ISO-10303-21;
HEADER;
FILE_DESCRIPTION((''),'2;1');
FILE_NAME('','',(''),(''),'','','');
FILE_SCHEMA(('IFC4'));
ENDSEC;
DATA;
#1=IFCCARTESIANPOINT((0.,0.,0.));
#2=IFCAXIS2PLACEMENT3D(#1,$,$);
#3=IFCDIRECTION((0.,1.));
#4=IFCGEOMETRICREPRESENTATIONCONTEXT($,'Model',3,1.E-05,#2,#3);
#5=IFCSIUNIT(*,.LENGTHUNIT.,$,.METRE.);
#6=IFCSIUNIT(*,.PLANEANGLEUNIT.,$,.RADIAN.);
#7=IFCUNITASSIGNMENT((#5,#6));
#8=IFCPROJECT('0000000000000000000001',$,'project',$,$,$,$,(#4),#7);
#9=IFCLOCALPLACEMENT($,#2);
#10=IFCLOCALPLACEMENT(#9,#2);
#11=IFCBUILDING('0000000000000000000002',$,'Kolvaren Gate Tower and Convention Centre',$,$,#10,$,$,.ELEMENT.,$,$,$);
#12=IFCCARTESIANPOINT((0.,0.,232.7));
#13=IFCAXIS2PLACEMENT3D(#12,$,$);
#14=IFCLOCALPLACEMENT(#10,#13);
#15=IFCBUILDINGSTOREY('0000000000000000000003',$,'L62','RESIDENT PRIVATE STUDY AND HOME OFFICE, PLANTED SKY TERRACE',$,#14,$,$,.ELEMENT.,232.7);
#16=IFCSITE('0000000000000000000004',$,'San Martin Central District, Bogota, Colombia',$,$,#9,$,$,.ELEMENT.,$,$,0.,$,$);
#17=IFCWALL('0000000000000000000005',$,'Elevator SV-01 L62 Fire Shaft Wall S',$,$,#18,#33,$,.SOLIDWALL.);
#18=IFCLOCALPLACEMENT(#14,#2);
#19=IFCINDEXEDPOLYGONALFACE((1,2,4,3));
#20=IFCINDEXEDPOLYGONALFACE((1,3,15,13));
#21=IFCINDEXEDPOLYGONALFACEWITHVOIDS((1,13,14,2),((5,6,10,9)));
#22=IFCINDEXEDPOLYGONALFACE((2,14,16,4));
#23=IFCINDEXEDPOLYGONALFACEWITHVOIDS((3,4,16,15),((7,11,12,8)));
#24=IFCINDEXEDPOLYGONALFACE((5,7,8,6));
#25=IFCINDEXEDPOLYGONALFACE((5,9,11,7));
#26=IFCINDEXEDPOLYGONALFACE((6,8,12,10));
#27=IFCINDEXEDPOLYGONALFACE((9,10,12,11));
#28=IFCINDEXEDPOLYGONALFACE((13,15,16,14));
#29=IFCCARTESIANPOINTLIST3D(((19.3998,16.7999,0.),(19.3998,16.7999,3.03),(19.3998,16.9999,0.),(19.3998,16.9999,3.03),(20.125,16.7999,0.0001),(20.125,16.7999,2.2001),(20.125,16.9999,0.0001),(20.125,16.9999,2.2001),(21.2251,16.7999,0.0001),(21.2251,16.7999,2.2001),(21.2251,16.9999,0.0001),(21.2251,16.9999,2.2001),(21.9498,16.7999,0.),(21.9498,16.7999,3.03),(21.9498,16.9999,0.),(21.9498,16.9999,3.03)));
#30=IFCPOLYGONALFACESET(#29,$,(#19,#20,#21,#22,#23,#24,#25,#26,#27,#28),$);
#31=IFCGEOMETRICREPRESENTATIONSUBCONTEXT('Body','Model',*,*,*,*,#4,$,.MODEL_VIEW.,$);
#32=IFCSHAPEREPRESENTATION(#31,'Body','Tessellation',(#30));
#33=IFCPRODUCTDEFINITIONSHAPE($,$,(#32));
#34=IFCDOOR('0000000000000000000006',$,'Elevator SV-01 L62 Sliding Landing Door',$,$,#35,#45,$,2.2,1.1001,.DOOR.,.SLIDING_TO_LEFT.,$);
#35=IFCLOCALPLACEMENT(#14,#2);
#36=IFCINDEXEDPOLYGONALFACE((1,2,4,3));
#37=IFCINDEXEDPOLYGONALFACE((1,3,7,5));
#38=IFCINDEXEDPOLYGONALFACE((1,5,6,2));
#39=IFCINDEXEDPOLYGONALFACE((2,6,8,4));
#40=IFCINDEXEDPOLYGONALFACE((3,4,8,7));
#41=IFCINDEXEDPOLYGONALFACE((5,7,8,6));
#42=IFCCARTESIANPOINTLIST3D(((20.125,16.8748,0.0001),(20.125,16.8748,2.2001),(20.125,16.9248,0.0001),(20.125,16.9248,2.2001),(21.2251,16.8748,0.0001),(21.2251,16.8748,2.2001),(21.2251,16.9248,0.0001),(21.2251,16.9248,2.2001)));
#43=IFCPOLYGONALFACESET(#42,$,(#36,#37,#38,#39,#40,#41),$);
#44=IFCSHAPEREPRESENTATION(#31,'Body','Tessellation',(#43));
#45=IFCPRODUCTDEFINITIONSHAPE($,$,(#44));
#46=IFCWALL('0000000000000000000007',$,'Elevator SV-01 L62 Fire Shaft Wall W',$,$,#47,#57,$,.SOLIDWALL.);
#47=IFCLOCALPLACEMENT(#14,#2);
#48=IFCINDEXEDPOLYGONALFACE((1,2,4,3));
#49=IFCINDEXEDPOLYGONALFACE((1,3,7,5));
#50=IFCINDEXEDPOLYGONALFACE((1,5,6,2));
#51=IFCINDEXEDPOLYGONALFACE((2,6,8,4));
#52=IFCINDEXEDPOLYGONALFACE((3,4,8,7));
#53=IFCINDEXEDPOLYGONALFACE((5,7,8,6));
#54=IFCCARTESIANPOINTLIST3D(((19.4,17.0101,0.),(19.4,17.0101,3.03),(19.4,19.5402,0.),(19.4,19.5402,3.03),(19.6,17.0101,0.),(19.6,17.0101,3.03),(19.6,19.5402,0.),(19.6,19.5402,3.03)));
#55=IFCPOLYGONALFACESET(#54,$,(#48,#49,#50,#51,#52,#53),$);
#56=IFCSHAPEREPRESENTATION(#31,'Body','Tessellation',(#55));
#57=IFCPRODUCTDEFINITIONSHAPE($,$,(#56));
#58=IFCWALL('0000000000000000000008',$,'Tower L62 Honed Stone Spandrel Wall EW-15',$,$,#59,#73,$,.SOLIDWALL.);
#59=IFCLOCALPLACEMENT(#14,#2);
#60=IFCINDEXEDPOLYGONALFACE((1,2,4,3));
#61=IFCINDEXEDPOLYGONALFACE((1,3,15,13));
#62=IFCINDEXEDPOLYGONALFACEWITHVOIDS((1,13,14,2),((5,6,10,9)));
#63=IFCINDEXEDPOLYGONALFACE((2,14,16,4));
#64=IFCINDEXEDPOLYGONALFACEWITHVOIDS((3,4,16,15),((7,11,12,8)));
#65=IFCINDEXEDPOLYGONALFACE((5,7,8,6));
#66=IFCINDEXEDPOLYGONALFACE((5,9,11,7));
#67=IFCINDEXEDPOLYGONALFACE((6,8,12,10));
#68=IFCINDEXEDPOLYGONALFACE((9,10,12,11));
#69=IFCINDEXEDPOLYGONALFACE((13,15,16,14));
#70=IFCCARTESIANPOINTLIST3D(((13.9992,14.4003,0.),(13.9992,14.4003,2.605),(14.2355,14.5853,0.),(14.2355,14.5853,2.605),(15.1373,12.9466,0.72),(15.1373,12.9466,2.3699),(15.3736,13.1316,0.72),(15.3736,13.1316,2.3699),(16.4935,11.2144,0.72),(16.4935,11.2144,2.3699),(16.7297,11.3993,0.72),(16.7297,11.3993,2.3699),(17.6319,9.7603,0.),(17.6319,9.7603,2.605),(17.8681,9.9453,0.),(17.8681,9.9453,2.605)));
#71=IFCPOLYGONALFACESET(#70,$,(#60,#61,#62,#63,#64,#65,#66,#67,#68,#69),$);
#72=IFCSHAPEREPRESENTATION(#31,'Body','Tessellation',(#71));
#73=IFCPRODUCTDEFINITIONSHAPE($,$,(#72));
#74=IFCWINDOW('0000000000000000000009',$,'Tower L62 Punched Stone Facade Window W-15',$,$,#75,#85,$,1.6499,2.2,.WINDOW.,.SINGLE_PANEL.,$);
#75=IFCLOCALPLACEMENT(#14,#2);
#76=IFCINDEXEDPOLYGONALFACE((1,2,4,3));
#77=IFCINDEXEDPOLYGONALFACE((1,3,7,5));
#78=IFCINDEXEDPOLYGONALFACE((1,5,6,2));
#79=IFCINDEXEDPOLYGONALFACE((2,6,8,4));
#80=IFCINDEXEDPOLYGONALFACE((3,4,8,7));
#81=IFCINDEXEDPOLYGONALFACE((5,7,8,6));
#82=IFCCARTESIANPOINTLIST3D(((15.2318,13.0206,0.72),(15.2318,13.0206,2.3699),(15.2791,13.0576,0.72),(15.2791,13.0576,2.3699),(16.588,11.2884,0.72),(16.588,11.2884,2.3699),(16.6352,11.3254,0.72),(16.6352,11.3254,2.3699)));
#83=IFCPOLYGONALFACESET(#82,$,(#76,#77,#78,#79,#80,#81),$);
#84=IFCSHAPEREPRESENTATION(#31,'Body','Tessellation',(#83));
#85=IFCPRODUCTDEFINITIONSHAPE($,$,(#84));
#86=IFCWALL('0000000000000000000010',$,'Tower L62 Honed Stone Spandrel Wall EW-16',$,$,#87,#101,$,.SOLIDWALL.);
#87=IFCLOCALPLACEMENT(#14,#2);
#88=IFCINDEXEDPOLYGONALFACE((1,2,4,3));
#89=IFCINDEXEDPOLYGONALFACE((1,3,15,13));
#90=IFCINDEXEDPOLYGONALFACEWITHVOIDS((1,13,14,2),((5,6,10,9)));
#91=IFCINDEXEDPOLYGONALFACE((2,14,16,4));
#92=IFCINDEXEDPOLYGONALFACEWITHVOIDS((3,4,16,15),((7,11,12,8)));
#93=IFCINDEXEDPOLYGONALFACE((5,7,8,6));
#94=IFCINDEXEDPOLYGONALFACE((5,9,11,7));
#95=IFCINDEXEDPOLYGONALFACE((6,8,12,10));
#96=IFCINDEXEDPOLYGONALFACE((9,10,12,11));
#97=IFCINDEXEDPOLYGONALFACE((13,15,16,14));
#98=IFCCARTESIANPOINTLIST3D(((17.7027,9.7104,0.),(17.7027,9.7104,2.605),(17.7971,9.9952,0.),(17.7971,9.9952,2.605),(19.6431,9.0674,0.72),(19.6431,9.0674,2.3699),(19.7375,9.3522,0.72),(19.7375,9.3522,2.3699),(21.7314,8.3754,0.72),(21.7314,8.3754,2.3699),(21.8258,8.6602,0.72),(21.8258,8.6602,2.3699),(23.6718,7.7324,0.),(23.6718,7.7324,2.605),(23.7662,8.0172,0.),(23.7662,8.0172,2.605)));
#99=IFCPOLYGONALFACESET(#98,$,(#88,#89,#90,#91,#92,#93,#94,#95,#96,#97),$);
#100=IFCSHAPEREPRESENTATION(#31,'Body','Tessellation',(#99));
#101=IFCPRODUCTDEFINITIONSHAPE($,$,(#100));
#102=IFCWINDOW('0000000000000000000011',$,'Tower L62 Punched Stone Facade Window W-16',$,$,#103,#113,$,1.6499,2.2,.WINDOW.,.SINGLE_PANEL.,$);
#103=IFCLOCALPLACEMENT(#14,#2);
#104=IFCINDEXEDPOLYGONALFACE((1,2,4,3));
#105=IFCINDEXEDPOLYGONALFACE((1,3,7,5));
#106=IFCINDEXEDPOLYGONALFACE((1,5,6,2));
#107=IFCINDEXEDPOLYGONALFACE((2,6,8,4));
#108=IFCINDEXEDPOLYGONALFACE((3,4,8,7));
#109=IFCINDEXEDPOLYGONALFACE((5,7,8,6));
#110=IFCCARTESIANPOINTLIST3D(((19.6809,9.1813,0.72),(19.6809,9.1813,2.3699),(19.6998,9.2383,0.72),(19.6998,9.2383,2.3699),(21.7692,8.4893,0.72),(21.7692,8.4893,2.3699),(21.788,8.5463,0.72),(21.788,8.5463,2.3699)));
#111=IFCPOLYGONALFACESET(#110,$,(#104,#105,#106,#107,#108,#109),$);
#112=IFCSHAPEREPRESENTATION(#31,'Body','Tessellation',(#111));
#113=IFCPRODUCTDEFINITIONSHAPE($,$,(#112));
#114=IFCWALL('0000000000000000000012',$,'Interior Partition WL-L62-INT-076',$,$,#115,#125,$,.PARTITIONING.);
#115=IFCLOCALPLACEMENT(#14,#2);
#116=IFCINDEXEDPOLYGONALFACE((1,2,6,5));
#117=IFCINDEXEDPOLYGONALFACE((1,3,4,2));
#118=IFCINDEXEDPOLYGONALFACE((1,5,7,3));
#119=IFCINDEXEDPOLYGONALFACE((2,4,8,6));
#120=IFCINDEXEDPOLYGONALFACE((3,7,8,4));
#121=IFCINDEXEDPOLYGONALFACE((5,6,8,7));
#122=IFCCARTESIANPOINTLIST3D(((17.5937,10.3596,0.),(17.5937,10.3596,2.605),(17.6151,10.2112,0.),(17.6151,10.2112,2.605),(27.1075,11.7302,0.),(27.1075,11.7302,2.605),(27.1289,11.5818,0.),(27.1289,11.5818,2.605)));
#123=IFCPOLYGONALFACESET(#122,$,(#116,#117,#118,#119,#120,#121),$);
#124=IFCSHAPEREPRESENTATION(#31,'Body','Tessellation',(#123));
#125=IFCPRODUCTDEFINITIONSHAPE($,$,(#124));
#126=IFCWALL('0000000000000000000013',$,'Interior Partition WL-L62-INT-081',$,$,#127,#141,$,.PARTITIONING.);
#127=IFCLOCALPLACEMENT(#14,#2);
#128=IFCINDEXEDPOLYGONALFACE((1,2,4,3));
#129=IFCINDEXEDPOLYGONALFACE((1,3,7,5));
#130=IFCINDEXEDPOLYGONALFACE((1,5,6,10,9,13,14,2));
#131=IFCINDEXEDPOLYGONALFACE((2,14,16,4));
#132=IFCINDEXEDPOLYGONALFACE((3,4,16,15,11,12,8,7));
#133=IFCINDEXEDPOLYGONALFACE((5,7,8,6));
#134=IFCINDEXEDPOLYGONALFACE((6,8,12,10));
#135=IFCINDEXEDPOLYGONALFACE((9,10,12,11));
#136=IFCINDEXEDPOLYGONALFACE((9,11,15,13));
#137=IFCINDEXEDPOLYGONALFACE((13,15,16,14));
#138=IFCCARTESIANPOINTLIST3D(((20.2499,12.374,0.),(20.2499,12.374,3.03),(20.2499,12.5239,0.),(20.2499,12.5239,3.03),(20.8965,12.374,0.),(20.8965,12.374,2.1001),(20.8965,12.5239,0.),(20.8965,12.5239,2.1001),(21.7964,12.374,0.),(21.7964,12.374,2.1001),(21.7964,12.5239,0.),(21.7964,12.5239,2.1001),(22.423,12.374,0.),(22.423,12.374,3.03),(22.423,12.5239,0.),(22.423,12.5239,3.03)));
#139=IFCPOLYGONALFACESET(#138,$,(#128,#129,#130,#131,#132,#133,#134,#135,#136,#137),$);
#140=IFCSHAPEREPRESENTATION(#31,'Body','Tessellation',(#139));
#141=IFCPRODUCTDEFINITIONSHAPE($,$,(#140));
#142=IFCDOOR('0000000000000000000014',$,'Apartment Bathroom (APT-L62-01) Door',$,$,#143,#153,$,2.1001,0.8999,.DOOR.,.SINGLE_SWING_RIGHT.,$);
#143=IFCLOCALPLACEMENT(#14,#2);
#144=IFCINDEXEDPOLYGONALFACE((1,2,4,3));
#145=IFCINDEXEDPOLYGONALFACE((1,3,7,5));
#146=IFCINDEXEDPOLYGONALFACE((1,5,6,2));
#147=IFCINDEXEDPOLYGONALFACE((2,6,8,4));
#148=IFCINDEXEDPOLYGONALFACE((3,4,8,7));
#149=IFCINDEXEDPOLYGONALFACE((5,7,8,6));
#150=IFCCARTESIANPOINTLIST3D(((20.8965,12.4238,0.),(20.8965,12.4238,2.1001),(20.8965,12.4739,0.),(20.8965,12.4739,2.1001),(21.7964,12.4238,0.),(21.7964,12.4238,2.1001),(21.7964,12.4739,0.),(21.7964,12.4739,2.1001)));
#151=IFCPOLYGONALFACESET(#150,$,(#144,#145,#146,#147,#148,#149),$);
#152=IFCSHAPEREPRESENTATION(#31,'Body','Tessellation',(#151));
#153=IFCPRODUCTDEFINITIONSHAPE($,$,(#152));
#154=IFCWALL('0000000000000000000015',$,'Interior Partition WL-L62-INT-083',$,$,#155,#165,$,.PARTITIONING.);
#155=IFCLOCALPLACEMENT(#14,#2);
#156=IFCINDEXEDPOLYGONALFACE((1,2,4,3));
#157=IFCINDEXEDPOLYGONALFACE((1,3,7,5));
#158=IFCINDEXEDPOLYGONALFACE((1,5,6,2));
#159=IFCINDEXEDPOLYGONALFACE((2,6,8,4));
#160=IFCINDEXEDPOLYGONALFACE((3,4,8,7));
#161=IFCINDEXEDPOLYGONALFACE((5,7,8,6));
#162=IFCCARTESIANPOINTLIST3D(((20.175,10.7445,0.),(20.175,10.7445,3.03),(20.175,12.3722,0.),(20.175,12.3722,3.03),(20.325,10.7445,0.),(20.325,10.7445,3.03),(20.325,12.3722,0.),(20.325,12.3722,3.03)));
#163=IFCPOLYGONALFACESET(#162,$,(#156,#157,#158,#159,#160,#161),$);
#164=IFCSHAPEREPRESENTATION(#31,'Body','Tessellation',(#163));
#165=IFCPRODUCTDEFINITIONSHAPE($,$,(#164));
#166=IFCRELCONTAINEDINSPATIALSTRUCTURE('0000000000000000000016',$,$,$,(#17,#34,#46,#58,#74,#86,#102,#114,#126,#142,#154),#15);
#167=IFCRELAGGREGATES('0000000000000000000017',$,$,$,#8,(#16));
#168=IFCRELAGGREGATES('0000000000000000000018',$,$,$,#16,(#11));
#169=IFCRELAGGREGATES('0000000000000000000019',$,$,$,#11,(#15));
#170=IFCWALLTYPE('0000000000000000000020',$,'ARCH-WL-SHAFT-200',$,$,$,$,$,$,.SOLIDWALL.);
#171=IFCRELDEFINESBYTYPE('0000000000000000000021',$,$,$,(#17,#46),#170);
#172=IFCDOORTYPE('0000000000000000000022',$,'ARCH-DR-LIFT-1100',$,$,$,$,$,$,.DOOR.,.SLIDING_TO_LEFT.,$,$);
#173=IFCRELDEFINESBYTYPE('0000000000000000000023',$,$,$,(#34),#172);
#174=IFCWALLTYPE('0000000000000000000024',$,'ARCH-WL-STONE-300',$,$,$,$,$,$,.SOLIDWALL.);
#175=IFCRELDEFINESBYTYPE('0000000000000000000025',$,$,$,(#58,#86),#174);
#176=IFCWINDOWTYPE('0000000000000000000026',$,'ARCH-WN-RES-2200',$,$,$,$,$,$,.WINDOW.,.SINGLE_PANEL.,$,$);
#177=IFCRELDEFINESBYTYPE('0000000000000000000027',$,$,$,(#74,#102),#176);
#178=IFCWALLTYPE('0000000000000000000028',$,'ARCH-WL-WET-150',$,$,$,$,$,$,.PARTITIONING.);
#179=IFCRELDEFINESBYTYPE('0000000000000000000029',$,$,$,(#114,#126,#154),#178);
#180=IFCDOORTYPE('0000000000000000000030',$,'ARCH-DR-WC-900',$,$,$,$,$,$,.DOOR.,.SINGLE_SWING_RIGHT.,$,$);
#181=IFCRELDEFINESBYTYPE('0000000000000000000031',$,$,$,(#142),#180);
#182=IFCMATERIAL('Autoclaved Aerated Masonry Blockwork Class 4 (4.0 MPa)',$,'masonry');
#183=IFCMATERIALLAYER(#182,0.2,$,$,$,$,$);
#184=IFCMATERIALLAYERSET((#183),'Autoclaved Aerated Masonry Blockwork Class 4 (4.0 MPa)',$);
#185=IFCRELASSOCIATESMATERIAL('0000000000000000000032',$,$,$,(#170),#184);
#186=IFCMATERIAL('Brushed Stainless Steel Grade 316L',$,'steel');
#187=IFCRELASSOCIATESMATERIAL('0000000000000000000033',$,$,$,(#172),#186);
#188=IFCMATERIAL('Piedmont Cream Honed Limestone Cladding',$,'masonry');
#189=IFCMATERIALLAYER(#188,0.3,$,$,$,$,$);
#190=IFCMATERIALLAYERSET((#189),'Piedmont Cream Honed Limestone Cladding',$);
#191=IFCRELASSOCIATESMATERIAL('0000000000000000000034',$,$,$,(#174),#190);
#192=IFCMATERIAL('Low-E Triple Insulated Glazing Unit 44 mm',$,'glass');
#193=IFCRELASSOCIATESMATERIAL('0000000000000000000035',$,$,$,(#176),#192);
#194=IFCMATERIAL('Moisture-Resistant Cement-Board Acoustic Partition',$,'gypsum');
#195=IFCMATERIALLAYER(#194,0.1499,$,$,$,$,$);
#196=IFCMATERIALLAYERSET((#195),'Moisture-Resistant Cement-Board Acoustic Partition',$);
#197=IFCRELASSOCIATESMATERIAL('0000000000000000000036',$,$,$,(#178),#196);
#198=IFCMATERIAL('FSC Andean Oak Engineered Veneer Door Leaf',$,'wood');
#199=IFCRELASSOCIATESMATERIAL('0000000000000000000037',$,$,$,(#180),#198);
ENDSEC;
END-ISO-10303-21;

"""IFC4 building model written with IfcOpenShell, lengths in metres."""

from ifc_helpers import new_model, si_unit, direction, frame, frame_2d, origin, place, context, subcontext, project, spatial, rectangle, extrude, material, layer, layer_set, type_object, element, fill, save


model = new_model("IFC4")

# Units and contexts
model_context = context("Model", 3, precision=1e-05, world=origin(), true_north=direction((0.0, 1.0)))
body_context = subcontext(model_context, "Body", "Model", "MODEL_VIEW")
ifc_project = project(units=[si_unit("LENGTHUNIT", "METRE"), si_unit("PLANEANGLEUNIT", "RADIAN")], contexts=[model_context])

# Site, building, storey
site_placement = place(None, origin())
site = spatial("IfcSite", under=ifc_project, at=site_placement, Name="San Martin Central District, Bogota, Colombia", CompositionType="ELEMENT", RefElevation=0.0)
building_placement = place(site_placement, origin())
building = spatial("IfcBuilding", under=site, at=building_placement, Name="Kolvaren Gate Tower and Convention Centre", CompositionType="ELEMENT")
storey_placement = place(building_placement, frame((0.0, 0.0, 232.7)))
storey = spatial("IfcBuildingStorey", under=building, at=storey_placement, Name="L62", Description="RESIDENT PRIVATE STUDY AND HOME OFFICE, PLANTED SKY TERRACE", CompositionType="ELEMENT", Elevation=232.7)

# Shared definitions
ifc_material_1 = material(Name="Piedmont Cream Honed Limestone Cladding", Category="masonry")

# Wall, opening, door
ifc_material_2 = material(Name="Autoclaved Aerated Masonry Blockwork Class 4 (4.0 MPa)", Category="masonry")
ifc_layer_1 = layer(ifc_material_2, 0.2)
ifc_layer_set_1 = layer_set([ifc_layer_1], Name="Autoclaved Aerated Masonry Blockwork Class 4 (4.0 MPa)")
wall_type_1 = type_object("IfcWallType", Name="ARCH-WL-SHAFT-200", PredefinedType="SOLIDWALL", material=ifc_layer_set_1)
wall_1_placement = place(storey_placement, frame((19.3999, 16.8999, 0.0), z_axis=(0.0, 0.0, 1.0), x_axis=(1.0, 0.0, 0.0)))
wall_1 = element("IfcWall", 1, at=wall_1_placement, inside=storey, type_object=wall_type_1, Name="Elevator SV-01 L62 Fire Shaft Wall S", PredefinedType="SOLIDWALL", context=body_context, shape_type="SweptSolid", body=[
    extrude(rectangle(XDim=2.55, YDim=0.2, at=frame_2d((1.2749, 0.0))), origin(), (0.0, 0.0, 1.0), 3.03),
])
opening_1_placement = place(wall_1_placement, frame((0.7251, 0.0, 0.0)))
opening_1 = element("IfcOpeningElement", 2, at=opening_1_placement, cuts=wall_1, PredefinedType="OPENING", context=body_context, shape_type="SweptSolid", body=[
    extrude(rectangle(XDim=1.1001, YDim=2.2, at=frame_2d((0.55, 1.1001))), frame((0.0, 0.1099, 0.0), z_axis=(0.0, -1.0, 0.0), x_axis=(1.0, 0.0, 0.0)), (0.0, 0.0, 1.0), 0.22),
])
ifc_material_3 = material(Name="Brushed Stainless Steel Grade 316L", Category="steel")
door_type_1 = type_object("IfcDoorType", Name="ARCH-DR-LIFT-1100", OperationType="SLIDING_TO_LEFT", PredefinedType="DOOR", material=ifc_material_3)
door_1_placement = place(opening_1_placement, origin())
door_1 = element("IfcDoor", 3, at=door_1_placement, inside=storey, type_object=door_type_1, Name="Elevator SV-01 L62 Sliding Landing Door", OperationType="SLIDING_TO_LEFT", OverallHeight=2.2, OverallWidth=1.1001, PredefinedType="DOOR", context=body_context, shape_type="SweptSolid", body=[
    extrude(rectangle(XDim=1.1001, YDim=2.2, at=frame_2d((0.55, 1.1001))), frame((0.0, 0.0249, 0.0), z_axis=(0.0, -1.0, 0.0), x_axis=(1.0, 0.0, 0.0)), (0.0, 0.0, 1.0), 0.05),
])
fill(opening_1, door_1)

# Wall
wall_2_placement = place(storey_placement, frame((19.5, 17.01, 0.0), z_axis=(0.0, 0.0, 1.0), x_axis=(0.0, 1.0, 0.0)))
element("IfcWall", 4, at=wall_2_placement, inside=storey, type_object=wall_type_1, Name="Elevator SV-01 L62 Fire Shaft Wall W", PredefinedType="SOLIDWALL", context=body_context, shape_type="SweptSolid", body=[
    extrude(rectangle(XDim=2.53, YDim=0.2, at=frame_2d((1.2651, 0.0))), origin(), (0.0, 0.0, 1.0), 3.03),
])

# Walls, openings, windows
ifc_layer_2 = layer(ifc_material_1, 0.3)
ifc_layer_set_2 = layer_set([ifc_layer_2], Name="Piedmont Cream Honed Limestone Cladding")
wall_type_2 = type_object("IfcWallType", Name="ARCH-WL-STONE-300", PredefinedType="SOLIDWALL", material=ifc_layer_set_2)
wall_3_placement = place(storey_placement, frame((14.1174, 14.4927, 0.0), z_axis=(0.0, 0.0, 1.0), x_axis=(0.61645, -0.787394, 0.0)))
wall_3 = element("IfcWall", 5, at=wall_3_placement, inside=storey, type_object=wall_type_2, Name="Tower L62 Honed Stone Spandrel Wall EW-15", PredefinedType="SOLIDWALL", context=body_context, shape_type="SweptSolid", body=[
    extrude(rectangle(XDim=5.8928, YDim=0.3, at=frame_2d((2.9463, 0.0))), origin(), (0.0, 0.0, 1.0), 2.605),
])
opening_2_placement = place(wall_3_placement, frame((1.8459, 0.0, 0.72)))
opening_2 = element("IfcOpeningElement", 6, at=opening_2_placement, cuts=wall_3, PredefinedType="OPENING", context=body_context, shape_type="SweptSolid", body=[
    extrude(rectangle(XDim=2.2, YDim=1.6499, at=frame_2d((1.1001, 0.825))), frame((0.0, 0.1599, 0.0), z_axis=(0.0, -1.0, 0.0), x_axis=(1.0, 0.0, 0.0)), (0.0, 0.0, 1.0), 0.3201),
])
ifc_material_4 = material(Name="Low-E Triple Insulated Glazing Unit 44 mm", Category="glass")
window_type = type_object("IfcWindowType", Name="ARCH-WN-RES-2200", PartitioningType="SINGLE_PANEL", PredefinedType="WINDOW", material=ifc_material_4)
window_1_placement = place(opening_2_placement, origin())
window_1 = element("IfcWindow", 7, at=window_1_placement, inside=storey, type_object=window_type, Name="Tower L62 Punched Stone Facade Window W-15", OverallHeight=1.6499, OverallWidth=2.2, PartitioningType="SINGLE_PANEL", PredefinedType="WINDOW", context=body_context, shape_type="SweptSolid", body=[
    extrude(rectangle(XDim=2.2, YDim=1.6499, at=frame_2d((1.1001, 0.825))), frame((0.0, 0.03, 0.0), z_axis=(0.0, -1.0, 0.0), x_axis=(1.0, 0.0, 0.0)), (0.0, 0.0, 1.0), 0.0601),
])
fill(opening_2, window_1)
wall_4_placement = place(storey_placement, frame((17.75, 9.8528, 0.0), z_axis=(0.0, 0.0, 1.0), x_axis=(0.949241, -0.31455, 0.0)))
wall_4 = element("IfcWall", 8, at=wall_4_placement, inside=storey, type_object=wall_type_2, Name="Tower L62 Honed Stone Spandrel Wall EW-16", PredefinedType="SOLIDWALL", context=body_context, shape_type="SweptSolid", body=[
    extrude(rectangle(XDim=6.2883, YDim=0.3, at=frame_2d((3.144, 0.0))), origin(), (0.0, 0.0, 1.0), 2.605),
])
opening_3_placement = place(wall_4_placement, frame((2.0439, 0.0, 0.72)))
opening_3 = element("IfcOpeningElement", 9, at=opening_3_placement, cuts=wall_4, PredefinedType="OPENING", context=body_context, shape_type="SweptSolid", body=[
    extrude(rectangle(XDim=2.2, YDim=1.6499, at=frame_2d((1.1001, 0.825))), frame((0.0, 0.1599, 0.0), z_axis=(0.0, -1.0, 0.0), x_axis=(1.0, 0.0, 0.0)), (0.0, 0.0, 1.0), 0.3201),
])
window_2_placement = place(opening_3_placement, origin())
window_2 = element("IfcWindow", 10, at=window_2_placement, inside=storey, type_object=window_type, Name="Tower L62 Punched Stone Facade Window W-16", OverallHeight=1.6499, OverallWidth=2.2, PartitioningType="SINGLE_PANEL", PredefinedType="WINDOW", context=body_context, shape_type="SweptSolid", body=[
    extrude(rectangle(XDim=2.2, YDim=1.6499, at=frame_2d((1.1001, 0.825))), frame((0.0, 0.03, 0.0), z_axis=(0.0, -1.0, 0.0), x_axis=(1.0, 0.0, 0.0)), (0.0, 0.0, 1.0), 0.0601),
])
fill(opening_3, window_2)

# Wall
ifc_material_5 = material(Name="Moisture-Resistant Cement-Board Acoustic Partition", Category="gypsum")
ifc_layer_3 = layer(ifc_material_5, 0.1499)
ifc_layer_set_3 = layer_set([ifc_layer_3], Name="Moisture-Resistant Cement-Board Acoustic Partition")
wall_type_3 = type_object("IfcWallType", Name="ARCH-WL-WET-150", PredefinedType="PARTITIONING", material=ifc_layer_set_3)
wall_5_placement = place(storey_placement, frame((17.6042, 10.2854, 0.0), z_axis=(0.0, 0.0, 1.0), x_axis=(0.989782, 0.142591, 0.0)))
element("IfcWall", 11, at=wall_5_placement, inside=storey, type_object=wall_type_3, Name="Interior Partition WL-L62-INT-076", PredefinedType="PARTITIONING", context=body_context, shape_type="SweptSolid", body=[
    extrude(rectangle(XDim=9.6121, YDim=0.1499, at=frame_2d((4.8062, 0.0))), origin(), (0.0, 0.0, 1.0), 2.605),
])

# Wall, opening, door
wall_6_placement = place(storey_placement, frame((20.25, 12.449, 0.0), z_axis=(0.0, 0.0, 1.0), x_axis=(1.0, 0.0, 0.0)))
wall_6 = element("IfcWall", 12, at=wall_6_placement, inside=storey, type_object=wall_type_3, Name="Interior Partition WL-L62-INT-081", PredefinedType="PARTITIONING", context=body_context, shape_type="SweptSolid", body=[
    extrude(rectangle(XDim=2.1731, YDim=0.1499, at=frame_2d((1.0864, 0.0))), origin(), (0.0, 0.0, 1.0), 3.03),
])
opening_4_placement = place(wall_6_placement, frame((0.6465, 0.0, 0.0)))
opening_4 = element("IfcOpeningElement", 13, at=opening_4_placement, cuts=wall_6, PredefinedType="OPENING", context=body_context, shape_type="SweptSolid", body=[
    extrude(rectangle(XDim=0.8999, YDim=2.1001, at=frame_2d((0.45, 1.05))), frame((0.0, 0.085, 0.0), z_axis=(0.0, -1.0, 0.0), x_axis=(1.0, 0.0, 0.0)), (0.0, 0.0, 1.0), 0.1699),
])
ifc_material_6 = material(Name="FSC Andean Oak Engineered Veneer Door Leaf", Category="wood")
door_type_2 = type_object("IfcDoorType", Name="ARCH-DR-WC-900", OperationType="SINGLE_SWING_RIGHT", PredefinedType="DOOR", material=ifc_material_6)
door_2_placement = place(opening_4_placement, origin())
door_2 = element("IfcDoor", 14, at=door_2_placement, inside=storey, type_object=door_type_2, Name="Apartment Bathroom (APT-L62-01) Door", OperationType="SINGLE_SWING_RIGHT", OverallHeight=2.1001, OverallWidth=0.8999, PredefinedType="DOOR", context=body_context, shape_type="SweptSolid", body=[
    extrude(rectangle(XDim=0.8999, YDim=2.1001, at=frame_2d((0.45, 1.05))), frame((0.0, 0.0249, 0.0), z_axis=(0.0, -1.0, 0.0), x_axis=(1.0, 0.0, 0.0)), (0.0, 0.0, 1.0), 0.05),
])
fill(opening_4, door_2)

# Wall
wall_7_placement = place(storey_placement, frame((20.25, 10.7444, 0.0), z_axis=(0.0, 0.0, 1.0), x_axis=(0.0, 1.0, 0.0)))
element("IfcWall", 15, at=wall_7_placement, inside=storey, type_object=wall_type_3, Name="Interior Partition WL-L62-INT-083", PredefinedType="PARTITIONING", context=body_context, shape_type="SweptSolid", body=[
    extrude(rectangle(XDim=1.6277, YDim=0.1499, at=frame_2d((0.814, 0.0))), origin(), (0.0, 0.0, 1.0), 3.03),
])

save(model, "model.ifc")
